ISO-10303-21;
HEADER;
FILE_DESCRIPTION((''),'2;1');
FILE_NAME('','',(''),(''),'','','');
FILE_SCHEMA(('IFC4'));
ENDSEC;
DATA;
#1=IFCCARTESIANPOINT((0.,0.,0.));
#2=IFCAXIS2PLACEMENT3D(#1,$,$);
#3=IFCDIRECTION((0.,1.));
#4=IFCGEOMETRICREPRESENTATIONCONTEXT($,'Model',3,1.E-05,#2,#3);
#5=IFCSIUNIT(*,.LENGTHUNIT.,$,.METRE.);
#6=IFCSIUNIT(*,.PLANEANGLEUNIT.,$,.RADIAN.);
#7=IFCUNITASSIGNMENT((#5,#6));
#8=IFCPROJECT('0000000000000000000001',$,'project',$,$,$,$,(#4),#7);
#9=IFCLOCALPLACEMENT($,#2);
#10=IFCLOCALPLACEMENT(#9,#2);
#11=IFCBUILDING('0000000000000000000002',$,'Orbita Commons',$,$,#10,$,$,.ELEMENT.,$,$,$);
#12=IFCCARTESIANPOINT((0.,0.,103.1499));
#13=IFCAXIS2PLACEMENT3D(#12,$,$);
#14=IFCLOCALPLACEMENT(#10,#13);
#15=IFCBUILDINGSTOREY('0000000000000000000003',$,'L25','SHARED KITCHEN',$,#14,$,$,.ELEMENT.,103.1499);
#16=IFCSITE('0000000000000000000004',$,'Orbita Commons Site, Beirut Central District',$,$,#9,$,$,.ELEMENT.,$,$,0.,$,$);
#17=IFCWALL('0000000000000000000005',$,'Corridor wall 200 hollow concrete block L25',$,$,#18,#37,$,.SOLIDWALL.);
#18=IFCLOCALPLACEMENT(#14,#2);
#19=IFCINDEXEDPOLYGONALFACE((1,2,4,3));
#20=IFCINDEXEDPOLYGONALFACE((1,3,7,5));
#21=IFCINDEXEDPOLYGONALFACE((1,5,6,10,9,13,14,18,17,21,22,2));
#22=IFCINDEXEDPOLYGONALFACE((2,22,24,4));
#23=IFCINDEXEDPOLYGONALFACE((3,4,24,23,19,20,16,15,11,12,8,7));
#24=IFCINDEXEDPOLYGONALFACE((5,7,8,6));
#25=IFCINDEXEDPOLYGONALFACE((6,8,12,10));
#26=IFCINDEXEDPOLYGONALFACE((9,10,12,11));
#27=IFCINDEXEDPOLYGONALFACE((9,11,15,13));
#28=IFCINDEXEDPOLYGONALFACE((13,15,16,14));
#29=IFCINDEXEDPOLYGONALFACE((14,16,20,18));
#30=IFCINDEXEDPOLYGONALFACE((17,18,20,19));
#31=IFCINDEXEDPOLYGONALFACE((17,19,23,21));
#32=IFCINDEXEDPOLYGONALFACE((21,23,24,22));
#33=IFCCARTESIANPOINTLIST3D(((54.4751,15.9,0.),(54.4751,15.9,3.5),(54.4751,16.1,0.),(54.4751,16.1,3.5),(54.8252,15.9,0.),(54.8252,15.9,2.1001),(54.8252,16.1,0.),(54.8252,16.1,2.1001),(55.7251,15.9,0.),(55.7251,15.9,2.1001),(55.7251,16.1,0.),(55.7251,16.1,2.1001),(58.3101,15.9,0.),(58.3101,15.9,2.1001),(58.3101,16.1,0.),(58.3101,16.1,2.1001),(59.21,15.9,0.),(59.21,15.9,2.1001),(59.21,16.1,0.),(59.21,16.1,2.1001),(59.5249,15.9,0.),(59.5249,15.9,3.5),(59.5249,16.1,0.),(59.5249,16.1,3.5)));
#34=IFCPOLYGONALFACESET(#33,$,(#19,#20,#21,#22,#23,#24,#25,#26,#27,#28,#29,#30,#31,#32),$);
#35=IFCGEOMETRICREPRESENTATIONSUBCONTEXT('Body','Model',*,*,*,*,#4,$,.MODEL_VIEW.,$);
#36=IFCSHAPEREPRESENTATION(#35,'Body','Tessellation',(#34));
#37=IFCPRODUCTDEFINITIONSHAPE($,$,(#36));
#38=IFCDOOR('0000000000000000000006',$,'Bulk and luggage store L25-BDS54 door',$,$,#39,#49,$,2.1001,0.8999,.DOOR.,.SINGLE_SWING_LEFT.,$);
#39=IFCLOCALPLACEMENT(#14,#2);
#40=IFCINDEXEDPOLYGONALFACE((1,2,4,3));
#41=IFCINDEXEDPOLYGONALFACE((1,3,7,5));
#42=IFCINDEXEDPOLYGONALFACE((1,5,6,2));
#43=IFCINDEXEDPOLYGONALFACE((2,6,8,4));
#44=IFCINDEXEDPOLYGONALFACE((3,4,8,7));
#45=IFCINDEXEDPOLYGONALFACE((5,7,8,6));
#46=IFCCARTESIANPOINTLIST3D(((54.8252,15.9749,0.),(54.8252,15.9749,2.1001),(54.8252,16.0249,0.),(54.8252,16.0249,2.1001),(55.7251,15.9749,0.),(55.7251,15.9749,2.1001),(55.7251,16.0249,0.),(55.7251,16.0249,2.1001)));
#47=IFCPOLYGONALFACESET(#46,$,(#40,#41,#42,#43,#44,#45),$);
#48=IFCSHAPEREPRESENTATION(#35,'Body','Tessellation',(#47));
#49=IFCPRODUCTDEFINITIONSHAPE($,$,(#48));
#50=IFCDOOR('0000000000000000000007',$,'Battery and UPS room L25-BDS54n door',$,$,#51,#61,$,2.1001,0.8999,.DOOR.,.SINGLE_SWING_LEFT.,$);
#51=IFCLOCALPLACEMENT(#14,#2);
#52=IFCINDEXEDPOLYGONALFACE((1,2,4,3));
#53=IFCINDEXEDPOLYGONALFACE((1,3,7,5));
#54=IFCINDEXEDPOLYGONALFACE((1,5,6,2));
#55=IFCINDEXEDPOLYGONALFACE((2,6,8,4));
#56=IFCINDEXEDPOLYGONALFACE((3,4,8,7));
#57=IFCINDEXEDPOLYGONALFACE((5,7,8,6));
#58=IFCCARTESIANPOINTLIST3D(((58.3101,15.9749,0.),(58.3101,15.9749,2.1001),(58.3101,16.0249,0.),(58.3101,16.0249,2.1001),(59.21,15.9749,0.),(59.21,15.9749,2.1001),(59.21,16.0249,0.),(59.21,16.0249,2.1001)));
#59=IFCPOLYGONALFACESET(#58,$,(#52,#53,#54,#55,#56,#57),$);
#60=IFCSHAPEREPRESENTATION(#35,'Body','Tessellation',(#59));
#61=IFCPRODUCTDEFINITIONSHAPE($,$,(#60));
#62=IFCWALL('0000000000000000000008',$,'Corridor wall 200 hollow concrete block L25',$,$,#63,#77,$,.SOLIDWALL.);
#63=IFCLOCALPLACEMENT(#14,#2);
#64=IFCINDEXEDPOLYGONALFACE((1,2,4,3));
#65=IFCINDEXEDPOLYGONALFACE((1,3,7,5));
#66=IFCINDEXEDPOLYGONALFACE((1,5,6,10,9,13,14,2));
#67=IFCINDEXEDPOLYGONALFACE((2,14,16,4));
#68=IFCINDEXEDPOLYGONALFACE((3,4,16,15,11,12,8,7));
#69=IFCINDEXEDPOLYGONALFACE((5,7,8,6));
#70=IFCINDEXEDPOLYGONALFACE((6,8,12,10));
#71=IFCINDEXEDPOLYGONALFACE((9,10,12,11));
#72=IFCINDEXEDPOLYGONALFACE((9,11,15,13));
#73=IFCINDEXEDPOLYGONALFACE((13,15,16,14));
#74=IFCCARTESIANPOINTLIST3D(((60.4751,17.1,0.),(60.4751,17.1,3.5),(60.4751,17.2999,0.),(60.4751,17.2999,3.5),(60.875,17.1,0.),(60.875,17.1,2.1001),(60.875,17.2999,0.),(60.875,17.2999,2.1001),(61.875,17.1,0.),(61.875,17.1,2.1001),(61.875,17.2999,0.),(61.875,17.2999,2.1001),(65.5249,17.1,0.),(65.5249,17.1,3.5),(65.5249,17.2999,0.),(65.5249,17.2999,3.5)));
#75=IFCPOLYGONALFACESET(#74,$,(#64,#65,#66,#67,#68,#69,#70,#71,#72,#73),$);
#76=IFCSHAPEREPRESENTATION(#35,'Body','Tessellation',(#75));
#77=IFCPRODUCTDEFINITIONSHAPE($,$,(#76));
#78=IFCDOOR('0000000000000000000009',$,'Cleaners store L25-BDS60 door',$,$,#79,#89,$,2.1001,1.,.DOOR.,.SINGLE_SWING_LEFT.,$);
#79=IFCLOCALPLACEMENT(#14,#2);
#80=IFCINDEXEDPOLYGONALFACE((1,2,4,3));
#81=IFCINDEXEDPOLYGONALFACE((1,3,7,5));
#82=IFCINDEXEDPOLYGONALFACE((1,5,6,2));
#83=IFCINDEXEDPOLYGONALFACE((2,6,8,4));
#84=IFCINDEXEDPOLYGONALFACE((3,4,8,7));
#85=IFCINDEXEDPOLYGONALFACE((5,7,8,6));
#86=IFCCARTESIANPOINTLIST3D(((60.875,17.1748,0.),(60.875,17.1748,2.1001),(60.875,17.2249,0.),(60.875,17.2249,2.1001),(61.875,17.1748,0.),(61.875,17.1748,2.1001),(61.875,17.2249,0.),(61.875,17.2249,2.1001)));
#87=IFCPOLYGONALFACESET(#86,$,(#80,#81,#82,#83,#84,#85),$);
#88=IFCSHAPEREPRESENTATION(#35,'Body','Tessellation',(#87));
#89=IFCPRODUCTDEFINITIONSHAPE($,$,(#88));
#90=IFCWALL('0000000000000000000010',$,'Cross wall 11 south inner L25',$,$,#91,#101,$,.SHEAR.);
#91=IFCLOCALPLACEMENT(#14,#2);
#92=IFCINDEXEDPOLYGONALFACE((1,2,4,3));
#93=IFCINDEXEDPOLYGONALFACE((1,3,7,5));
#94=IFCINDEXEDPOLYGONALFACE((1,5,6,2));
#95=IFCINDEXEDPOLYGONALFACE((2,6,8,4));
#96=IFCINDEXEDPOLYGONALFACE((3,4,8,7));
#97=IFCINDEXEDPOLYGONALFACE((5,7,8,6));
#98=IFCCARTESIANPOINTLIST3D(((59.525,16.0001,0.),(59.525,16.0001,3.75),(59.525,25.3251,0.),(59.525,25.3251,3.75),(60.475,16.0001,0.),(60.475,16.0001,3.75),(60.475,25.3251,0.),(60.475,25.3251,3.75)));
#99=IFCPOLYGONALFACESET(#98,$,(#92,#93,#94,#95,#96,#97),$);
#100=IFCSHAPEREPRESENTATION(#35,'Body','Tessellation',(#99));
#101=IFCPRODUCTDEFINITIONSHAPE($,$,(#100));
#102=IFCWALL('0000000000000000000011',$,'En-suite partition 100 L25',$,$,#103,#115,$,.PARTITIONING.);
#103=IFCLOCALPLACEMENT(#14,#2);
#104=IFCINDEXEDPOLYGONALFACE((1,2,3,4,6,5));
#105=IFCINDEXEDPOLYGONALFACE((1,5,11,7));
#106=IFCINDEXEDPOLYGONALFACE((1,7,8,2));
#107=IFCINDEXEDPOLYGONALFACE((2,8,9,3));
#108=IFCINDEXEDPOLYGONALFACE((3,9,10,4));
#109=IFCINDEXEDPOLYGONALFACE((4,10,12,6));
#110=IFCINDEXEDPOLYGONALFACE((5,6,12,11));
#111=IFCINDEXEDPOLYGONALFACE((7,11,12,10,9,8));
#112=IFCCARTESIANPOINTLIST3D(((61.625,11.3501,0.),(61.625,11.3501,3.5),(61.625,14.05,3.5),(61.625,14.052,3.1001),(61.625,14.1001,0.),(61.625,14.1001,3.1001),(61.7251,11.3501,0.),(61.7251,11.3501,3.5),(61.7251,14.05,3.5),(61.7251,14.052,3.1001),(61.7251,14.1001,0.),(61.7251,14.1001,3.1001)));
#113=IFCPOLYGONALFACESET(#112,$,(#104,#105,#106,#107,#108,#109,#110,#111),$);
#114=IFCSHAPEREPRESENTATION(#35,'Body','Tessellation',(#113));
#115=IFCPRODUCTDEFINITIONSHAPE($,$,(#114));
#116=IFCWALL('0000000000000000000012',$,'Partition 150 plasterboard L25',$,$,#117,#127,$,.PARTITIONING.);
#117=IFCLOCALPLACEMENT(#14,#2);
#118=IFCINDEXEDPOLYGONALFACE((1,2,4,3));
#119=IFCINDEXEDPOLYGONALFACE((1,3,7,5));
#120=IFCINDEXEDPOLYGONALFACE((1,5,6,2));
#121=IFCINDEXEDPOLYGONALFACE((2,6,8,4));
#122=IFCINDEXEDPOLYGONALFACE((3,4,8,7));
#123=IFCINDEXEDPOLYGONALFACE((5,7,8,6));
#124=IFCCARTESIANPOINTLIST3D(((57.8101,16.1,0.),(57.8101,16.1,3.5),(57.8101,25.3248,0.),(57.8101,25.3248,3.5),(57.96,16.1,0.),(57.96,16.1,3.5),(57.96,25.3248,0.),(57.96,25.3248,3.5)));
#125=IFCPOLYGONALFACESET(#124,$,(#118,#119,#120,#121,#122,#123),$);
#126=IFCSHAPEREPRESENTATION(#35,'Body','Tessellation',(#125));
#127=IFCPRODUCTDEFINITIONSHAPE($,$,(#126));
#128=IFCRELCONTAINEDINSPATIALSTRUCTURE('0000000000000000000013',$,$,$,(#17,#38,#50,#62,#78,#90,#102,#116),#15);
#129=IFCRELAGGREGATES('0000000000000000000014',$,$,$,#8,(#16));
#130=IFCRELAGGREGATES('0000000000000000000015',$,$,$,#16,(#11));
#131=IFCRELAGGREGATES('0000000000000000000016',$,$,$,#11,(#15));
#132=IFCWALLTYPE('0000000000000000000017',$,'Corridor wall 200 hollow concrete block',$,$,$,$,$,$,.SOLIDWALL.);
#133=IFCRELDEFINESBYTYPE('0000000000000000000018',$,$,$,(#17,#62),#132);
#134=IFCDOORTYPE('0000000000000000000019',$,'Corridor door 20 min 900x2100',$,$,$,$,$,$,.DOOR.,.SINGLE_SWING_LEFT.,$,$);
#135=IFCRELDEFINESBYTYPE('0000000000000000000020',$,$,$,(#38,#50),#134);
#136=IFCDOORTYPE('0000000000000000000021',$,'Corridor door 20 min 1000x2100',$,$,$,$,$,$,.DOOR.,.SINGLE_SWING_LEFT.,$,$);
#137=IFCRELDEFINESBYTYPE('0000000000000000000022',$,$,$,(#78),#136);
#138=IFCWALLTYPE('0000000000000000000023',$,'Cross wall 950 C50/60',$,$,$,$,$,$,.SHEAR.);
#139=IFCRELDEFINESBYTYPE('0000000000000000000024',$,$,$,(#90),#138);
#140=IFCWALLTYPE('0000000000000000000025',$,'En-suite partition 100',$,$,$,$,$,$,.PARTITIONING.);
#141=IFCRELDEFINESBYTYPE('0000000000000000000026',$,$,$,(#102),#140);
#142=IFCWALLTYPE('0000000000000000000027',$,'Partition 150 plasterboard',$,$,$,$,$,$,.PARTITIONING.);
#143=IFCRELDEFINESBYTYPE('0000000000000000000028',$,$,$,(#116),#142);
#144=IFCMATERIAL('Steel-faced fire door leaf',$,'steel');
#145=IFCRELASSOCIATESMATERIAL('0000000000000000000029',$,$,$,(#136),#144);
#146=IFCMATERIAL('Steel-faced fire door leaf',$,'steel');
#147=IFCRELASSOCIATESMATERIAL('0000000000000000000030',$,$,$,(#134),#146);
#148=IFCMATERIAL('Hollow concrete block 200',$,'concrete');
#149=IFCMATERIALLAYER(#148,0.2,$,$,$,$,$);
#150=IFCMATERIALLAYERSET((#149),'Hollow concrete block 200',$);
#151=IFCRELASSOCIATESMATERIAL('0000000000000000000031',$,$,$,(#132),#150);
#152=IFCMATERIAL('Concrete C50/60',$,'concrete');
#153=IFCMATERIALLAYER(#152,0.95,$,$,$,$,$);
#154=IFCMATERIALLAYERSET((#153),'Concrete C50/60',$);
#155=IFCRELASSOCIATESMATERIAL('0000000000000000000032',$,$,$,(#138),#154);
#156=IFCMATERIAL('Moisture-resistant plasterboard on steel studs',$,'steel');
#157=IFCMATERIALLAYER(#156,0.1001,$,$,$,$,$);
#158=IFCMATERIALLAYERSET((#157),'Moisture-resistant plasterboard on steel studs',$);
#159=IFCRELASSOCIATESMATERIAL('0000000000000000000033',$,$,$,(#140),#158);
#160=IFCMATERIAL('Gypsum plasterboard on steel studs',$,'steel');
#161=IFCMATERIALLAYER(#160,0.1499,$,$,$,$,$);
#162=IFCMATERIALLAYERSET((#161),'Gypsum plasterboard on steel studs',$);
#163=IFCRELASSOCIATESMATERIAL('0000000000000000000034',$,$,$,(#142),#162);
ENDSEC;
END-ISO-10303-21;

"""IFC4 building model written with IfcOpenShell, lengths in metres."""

from ifc_helpers import new_model, si_unit, direction, frame, frame_2d, origin, place, context, subcontext, project, spatial, polyline, rectangle, outline, extrude, material, layer, layer_set, type_object, element, fill, save


model = new_model("IFC4")

# Units and contexts
model_context = context("Model", 3, precision=1e-05, world=origin(), true_north=direction((0.0, 1.0)))
body_context = subcontext(model_context, "Body", "Model", "MODEL_VIEW")
ifc_project = project(units=[si_unit("LENGTHUNIT", "METRE"), si_unit("PLANEANGLEUNIT", "RADIAN")], contexts=[model_context])

# Site, building, storey
site_placement = place(None, origin())
site = spatial("IfcSite", under=ifc_project, at=site_placement, Name="Orbita Commons Site, Beirut Central District", CompositionType="ELEMENT", RefElevation=0.0)
building_placement = place(site_placement, origin())
building = spatial("IfcBuilding", under=site, at=building_placement, Name="Orbita Commons", CompositionType="ELEMENT")
storey_placement = place(building_placement, frame((0.0, 0.0, 103.1499)))
storey = spatial("IfcBuildingStorey", under=building, at=storey_placement, Name="L25", Description="SHARED KITCHEN", CompositionType="ELEMENT", Elevation=103.1499)

# Shared definitions
ifc_material_1 = material(Name="Steel-faced fire door leaf", Category="steel")
door_type_1 = type_object("IfcDoorType", Name="Corridor door 20 min 1000x2100", OperationType="SINGLE_SWING_LEFT", PredefinedType="DOOR", material=ifc_material_1)

# Wall, openings, doors
ifc_material_2 = material(Name="Steel-faced fire door leaf", Category="steel")
door_type_2 = type_object("IfcDoorType", Name="Corridor door 20 min 900x2100", OperationType="SINGLE_SWING_LEFT", PredefinedType="DOOR", material=ifc_material_2)
ifc_material_3 = material(Name="Hollow concrete block 200", Category="concrete")
ifc_layer_1 = layer(ifc_material_3, 0.2)
ifc_layer_set_1 = layer_set([ifc_layer_1], Name="Hollow concrete block 200")
wall_type_1 = type_object("IfcWallType", Name="Corridor wall 200 hollow concrete block", PredefinedType="SOLIDWALL", material=ifc_layer_set_1)
wall_1_placement = place(storey_placement, frame((54.4751, 16.0, 0.0), z_axis=(0.0, 0.0, 1.0), x_axis=(1.0, 0.0, 0.0)))
wall_1 = element("IfcWall", 1, at=wall_1_placement, inside=storey, type_object=wall_type_1, Name="Corridor wall 200 hollow concrete block L25", PredefinedType="SOLIDWALL", context=body_context, shape_type="SweptSolid", body=[
    extrude(rectangle(XDim=5.0498, YDim=0.2, at=frame_2d((2.5249, 0.0))), origin(), (0.0, 0.0, 1.0), 3.5),
])
opening_1_placement = place(wall_1_placement, frame((0.3501, 0.0, 0.0)))
opening_1 = element("IfcOpeningElement", 2, at=opening_1_placement, cuts=wall_1, PredefinedType="OPENING", context=body_context, shape_type="SweptSolid", body=[
    extrude(rectangle(XDim=0.8999, YDim=2.1001, at=frame_2d((0.45, 1.05))), frame((0.0, 0.1099, 0.0), z_axis=(0.0, -1.0, 0.0), x_axis=(1.0, 0.0, 0.0)), (0.0, 0.0, 1.0), 0.22),
])
opening_2_placement = place(wall_1_placement, frame((3.835, 0.0, 0.0)))
opening_2 = element("IfcOpeningElement", 3, at=opening_2_placement, cuts=wall_1, PredefinedType="OPENING", context=body_context, shape_type="SweptSolid", body=[
    extrude(rectangle(XDim=0.8999, YDim=2.1001, at=frame_2d((0.45, 1.05))), frame((0.0, 0.1099, 0.0), z_axis=(0.0, -1.0, 0.0), x_axis=(1.0, 0.0, 0.0)), (0.0, 0.0, 1.0), 0.22),
])
door_1_placement = place(opening_1_placement, origin())
door_1 = element("IfcDoor", 4, at=door_1_placement, inside=storey, type_object=door_type_2, Name="Bulk and luggage store L25-BDS54 door", OperationType="SINGLE_SWING_LEFT", OverallHeight=2.1001, OverallWidth=0.8999, PredefinedType="DOOR", context=body_context, shape_type="SweptSolid", body=[
    extrude(rectangle(XDim=0.8999, YDim=2.1001, at=frame_2d((0.45, 1.05))), frame((0.0, 0.0249, 0.0), z_axis=(0.0, -1.0, 0.0), x_axis=(1.0, 0.0, 0.0)), (0.0, 0.0, 1.0), 0.05),
])
fill(opening_1, door_1)
door_2_placement = place(opening_2_placement, origin())
door_2 = element("IfcDoor", 5, at=door_2_placement, inside=storey, type_object=door_type_2, Name="Battery and UPS room L25-BDS54n door", OperationType="SINGLE_SWING_LEFT", OverallHeight=2.1001, OverallWidth=0.8999, PredefinedType="DOOR", context=body_context, shape_type="SweptSolid", body=[
    extrude(rectangle(XDim=0.8999, YDim=2.1001, at=frame_2d((0.45, 1.05))), frame((0.0, 0.0249, 0.0), z_axis=(0.0, -1.0, 0.0), x_axis=(1.0, 0.0, 0.0)), (0.0, 0.0, 1.0), 0.05),
])
fill(opening_2, door_2)

# Wall, opening, door
wall_2_placement = place(storey_placement, frame((60.4751, 17.2, 0.0), z_axis=(0.0, 0.0, 1.0), x_axis=(1.0, 0.0, 0.0)))
wall_2 = element("IfcWall", 6, at=wall_2_placement, inside=storey, type_object=wall_type_1, Name="Corridor wall 200 hollow concrete block L25", PredefinedType="SOLIDWALL", context=body_context, shape_type="SweptSolid", body=[
    extrude(rectangle(XDim=5.0498, YDim=0.2, at=frame_2d((2.5249, 0.0))), origin(), (0.0, 0.0, 1.0), 3.5),
])
opening_3_placement = place(wall_2_placement, frame((0.3999, 0.0, 0.0)))
opening_3 = element("IfcOpeningElement", 7, at=opening_3_placement, cuts=wall_2, PredefinedType="OPENING", context=body_context, shape_type="SweptSolid", body=[
    extrude(rectangle(XDim=1.0, YDim=2.1001, at=frame_2d((0.5, 1.05))), frame((0.0, 0.1099, 0.0), z_axis=(0.0, -1.0, 0.0), x_axis=(1.0, 0.0, 0.0)), (0.0, 0.0, 1.0), 0.22),
])
door_3_placement = place(opening_3_placement, origin())
door_3 = element("IfcDoor", 8, at=door_3_placement, inside=storey, type_object=door_type_1, Name="Cleaners store L25-BDS60 door", OperationType="SINGLE_SWING_LEFT", OverallHeight=2.1001, OverallWidth=1.0, PredefinedType="DOOR", context=body_context, shape_type="SweptSolid", body=[
    extrude(rectangle(XDim=1.0, YDim=2.1001, at=frame_2d((0.5, 1.05))), frame((0.0, 0.0249, 0.0), z_axis=(0.0, -1.0, 0.0), x_axis=(1.0, 0.0, 0.0)), (0.0, 0.0, 1.0), 0.05),
])
fill(opening_3, door_3)

# Walls
ifc_material_4 = material(Name="Concrete C50/60", Category="concrete")
ifc_layer_2 = layer(ifc_material_4, 0.95)
ifc_layer_set_2 = layer_set([ifc_layer_2], Name="Concrete C50/60")
wall_type_2 = type_object("IfcWallType", Name="Cross wall 950 C50/60", PredefinedType="SHEAR", material=ifc_layer_set_2)
wall_3_placement = place(storey_placement, frame((60.0, 16.0, 0.0), z_axis=(0.0, 0.0, 1.0), x_axis=(0.0, 1.0, 0.0)))
element("IfcWall", 9, at=wall_3_placement, inside=storey, type_object=wall_type_2, Name="Cross wall 11 south inner L25", PredefinedType="SHEAR", context=body_context, shape_type="SweptSolid", body=[
    extrude(rectangle(XDim=9.325, YDim=0.95, at=frame_2d((4.6626, 0.0))), origin(), (0.0, 0.0, 1.0), 3.75),
])
ifc_material_5 = material(Name="Moisture-resistant plasterboard on steel studs", Category="steel")
ifc_layer_3 = layer(ifc_material_5, 0.1001)
ifc_layer_set_3 = layer_set([ifc_layer_3], Name="Moisture-resistant plasterboard on steel studs")
wall_type_3 = type_object("IfcWallType", Name="En-suite partition 100", PredefinedType="PARTITIONING", material=ifc_layer_set_3)
wall_4_placement = place(storey_placement, frame((61.675, 11.3501, 0.0), z_axis=(0.0, 0.0, 1.0), x_axis=(0.0, 1.0, 0.0)))
element("IfcWall", 10, at=wall_4_placement, inside=storey, type_object=wall_type_3, Name="En-suite partition 100 L25", PredefinedType="PARTITIONING", context=body_context, shape_type="SweptSolid", body=[
    extrude(outline(polyline([(0.0, 0.0), (2.75, 0.0), (2.75, 3.1001), (2.7019, 3.1001), (2.7, 3.5), (0.0, 3.5), (0.0, 0.0)])), frame((0.0, 0.05, 0.0), z_axis=(0.0, -1.0, 0.0), x_axis=(1.0, 0.0, 0.0)), (0.0, 0.0, 1.0), 0.1001),
])
ifc_material_6 = material(Name="Gypsum plasterboard on steel studs", Category="steel")
ifc_layer_4 = layer(ifc_material_6, 0.1499)
ifc_layer_set_4 = layer_set([ifc_layer_4], Name="Gypsum plasterboard on steel studs")
wall_type_4 = type_object("IfcWallType", Name="Partition 150 plasterboard", PredefinedType="PARTITIONING", material=ifc_layer_set_4)
wall_5_placement = place(storey_placement, frame((57.885, 16.1001, 0.0), z_axis=(0.0, 0.0, 1.0), x_axis=(0.0, 1.0, 0.0)))
element("IfcWall", 11, at=wall_5_placement, inside=storey, type_object=wall_type_4, Name="Partition 150 plasterboard L25", PredefinedType="PARTITIONING", context=body_context, shape_type="SweptSolid", body=[
    extrude(rectangle(XDim=9.2249, YDim=0.1499, at=frame_2d((4.6123, 0.0))), origin(), (0.0, 0.0, 1.0), 3.5),
])

save(model, "model.ifc")
